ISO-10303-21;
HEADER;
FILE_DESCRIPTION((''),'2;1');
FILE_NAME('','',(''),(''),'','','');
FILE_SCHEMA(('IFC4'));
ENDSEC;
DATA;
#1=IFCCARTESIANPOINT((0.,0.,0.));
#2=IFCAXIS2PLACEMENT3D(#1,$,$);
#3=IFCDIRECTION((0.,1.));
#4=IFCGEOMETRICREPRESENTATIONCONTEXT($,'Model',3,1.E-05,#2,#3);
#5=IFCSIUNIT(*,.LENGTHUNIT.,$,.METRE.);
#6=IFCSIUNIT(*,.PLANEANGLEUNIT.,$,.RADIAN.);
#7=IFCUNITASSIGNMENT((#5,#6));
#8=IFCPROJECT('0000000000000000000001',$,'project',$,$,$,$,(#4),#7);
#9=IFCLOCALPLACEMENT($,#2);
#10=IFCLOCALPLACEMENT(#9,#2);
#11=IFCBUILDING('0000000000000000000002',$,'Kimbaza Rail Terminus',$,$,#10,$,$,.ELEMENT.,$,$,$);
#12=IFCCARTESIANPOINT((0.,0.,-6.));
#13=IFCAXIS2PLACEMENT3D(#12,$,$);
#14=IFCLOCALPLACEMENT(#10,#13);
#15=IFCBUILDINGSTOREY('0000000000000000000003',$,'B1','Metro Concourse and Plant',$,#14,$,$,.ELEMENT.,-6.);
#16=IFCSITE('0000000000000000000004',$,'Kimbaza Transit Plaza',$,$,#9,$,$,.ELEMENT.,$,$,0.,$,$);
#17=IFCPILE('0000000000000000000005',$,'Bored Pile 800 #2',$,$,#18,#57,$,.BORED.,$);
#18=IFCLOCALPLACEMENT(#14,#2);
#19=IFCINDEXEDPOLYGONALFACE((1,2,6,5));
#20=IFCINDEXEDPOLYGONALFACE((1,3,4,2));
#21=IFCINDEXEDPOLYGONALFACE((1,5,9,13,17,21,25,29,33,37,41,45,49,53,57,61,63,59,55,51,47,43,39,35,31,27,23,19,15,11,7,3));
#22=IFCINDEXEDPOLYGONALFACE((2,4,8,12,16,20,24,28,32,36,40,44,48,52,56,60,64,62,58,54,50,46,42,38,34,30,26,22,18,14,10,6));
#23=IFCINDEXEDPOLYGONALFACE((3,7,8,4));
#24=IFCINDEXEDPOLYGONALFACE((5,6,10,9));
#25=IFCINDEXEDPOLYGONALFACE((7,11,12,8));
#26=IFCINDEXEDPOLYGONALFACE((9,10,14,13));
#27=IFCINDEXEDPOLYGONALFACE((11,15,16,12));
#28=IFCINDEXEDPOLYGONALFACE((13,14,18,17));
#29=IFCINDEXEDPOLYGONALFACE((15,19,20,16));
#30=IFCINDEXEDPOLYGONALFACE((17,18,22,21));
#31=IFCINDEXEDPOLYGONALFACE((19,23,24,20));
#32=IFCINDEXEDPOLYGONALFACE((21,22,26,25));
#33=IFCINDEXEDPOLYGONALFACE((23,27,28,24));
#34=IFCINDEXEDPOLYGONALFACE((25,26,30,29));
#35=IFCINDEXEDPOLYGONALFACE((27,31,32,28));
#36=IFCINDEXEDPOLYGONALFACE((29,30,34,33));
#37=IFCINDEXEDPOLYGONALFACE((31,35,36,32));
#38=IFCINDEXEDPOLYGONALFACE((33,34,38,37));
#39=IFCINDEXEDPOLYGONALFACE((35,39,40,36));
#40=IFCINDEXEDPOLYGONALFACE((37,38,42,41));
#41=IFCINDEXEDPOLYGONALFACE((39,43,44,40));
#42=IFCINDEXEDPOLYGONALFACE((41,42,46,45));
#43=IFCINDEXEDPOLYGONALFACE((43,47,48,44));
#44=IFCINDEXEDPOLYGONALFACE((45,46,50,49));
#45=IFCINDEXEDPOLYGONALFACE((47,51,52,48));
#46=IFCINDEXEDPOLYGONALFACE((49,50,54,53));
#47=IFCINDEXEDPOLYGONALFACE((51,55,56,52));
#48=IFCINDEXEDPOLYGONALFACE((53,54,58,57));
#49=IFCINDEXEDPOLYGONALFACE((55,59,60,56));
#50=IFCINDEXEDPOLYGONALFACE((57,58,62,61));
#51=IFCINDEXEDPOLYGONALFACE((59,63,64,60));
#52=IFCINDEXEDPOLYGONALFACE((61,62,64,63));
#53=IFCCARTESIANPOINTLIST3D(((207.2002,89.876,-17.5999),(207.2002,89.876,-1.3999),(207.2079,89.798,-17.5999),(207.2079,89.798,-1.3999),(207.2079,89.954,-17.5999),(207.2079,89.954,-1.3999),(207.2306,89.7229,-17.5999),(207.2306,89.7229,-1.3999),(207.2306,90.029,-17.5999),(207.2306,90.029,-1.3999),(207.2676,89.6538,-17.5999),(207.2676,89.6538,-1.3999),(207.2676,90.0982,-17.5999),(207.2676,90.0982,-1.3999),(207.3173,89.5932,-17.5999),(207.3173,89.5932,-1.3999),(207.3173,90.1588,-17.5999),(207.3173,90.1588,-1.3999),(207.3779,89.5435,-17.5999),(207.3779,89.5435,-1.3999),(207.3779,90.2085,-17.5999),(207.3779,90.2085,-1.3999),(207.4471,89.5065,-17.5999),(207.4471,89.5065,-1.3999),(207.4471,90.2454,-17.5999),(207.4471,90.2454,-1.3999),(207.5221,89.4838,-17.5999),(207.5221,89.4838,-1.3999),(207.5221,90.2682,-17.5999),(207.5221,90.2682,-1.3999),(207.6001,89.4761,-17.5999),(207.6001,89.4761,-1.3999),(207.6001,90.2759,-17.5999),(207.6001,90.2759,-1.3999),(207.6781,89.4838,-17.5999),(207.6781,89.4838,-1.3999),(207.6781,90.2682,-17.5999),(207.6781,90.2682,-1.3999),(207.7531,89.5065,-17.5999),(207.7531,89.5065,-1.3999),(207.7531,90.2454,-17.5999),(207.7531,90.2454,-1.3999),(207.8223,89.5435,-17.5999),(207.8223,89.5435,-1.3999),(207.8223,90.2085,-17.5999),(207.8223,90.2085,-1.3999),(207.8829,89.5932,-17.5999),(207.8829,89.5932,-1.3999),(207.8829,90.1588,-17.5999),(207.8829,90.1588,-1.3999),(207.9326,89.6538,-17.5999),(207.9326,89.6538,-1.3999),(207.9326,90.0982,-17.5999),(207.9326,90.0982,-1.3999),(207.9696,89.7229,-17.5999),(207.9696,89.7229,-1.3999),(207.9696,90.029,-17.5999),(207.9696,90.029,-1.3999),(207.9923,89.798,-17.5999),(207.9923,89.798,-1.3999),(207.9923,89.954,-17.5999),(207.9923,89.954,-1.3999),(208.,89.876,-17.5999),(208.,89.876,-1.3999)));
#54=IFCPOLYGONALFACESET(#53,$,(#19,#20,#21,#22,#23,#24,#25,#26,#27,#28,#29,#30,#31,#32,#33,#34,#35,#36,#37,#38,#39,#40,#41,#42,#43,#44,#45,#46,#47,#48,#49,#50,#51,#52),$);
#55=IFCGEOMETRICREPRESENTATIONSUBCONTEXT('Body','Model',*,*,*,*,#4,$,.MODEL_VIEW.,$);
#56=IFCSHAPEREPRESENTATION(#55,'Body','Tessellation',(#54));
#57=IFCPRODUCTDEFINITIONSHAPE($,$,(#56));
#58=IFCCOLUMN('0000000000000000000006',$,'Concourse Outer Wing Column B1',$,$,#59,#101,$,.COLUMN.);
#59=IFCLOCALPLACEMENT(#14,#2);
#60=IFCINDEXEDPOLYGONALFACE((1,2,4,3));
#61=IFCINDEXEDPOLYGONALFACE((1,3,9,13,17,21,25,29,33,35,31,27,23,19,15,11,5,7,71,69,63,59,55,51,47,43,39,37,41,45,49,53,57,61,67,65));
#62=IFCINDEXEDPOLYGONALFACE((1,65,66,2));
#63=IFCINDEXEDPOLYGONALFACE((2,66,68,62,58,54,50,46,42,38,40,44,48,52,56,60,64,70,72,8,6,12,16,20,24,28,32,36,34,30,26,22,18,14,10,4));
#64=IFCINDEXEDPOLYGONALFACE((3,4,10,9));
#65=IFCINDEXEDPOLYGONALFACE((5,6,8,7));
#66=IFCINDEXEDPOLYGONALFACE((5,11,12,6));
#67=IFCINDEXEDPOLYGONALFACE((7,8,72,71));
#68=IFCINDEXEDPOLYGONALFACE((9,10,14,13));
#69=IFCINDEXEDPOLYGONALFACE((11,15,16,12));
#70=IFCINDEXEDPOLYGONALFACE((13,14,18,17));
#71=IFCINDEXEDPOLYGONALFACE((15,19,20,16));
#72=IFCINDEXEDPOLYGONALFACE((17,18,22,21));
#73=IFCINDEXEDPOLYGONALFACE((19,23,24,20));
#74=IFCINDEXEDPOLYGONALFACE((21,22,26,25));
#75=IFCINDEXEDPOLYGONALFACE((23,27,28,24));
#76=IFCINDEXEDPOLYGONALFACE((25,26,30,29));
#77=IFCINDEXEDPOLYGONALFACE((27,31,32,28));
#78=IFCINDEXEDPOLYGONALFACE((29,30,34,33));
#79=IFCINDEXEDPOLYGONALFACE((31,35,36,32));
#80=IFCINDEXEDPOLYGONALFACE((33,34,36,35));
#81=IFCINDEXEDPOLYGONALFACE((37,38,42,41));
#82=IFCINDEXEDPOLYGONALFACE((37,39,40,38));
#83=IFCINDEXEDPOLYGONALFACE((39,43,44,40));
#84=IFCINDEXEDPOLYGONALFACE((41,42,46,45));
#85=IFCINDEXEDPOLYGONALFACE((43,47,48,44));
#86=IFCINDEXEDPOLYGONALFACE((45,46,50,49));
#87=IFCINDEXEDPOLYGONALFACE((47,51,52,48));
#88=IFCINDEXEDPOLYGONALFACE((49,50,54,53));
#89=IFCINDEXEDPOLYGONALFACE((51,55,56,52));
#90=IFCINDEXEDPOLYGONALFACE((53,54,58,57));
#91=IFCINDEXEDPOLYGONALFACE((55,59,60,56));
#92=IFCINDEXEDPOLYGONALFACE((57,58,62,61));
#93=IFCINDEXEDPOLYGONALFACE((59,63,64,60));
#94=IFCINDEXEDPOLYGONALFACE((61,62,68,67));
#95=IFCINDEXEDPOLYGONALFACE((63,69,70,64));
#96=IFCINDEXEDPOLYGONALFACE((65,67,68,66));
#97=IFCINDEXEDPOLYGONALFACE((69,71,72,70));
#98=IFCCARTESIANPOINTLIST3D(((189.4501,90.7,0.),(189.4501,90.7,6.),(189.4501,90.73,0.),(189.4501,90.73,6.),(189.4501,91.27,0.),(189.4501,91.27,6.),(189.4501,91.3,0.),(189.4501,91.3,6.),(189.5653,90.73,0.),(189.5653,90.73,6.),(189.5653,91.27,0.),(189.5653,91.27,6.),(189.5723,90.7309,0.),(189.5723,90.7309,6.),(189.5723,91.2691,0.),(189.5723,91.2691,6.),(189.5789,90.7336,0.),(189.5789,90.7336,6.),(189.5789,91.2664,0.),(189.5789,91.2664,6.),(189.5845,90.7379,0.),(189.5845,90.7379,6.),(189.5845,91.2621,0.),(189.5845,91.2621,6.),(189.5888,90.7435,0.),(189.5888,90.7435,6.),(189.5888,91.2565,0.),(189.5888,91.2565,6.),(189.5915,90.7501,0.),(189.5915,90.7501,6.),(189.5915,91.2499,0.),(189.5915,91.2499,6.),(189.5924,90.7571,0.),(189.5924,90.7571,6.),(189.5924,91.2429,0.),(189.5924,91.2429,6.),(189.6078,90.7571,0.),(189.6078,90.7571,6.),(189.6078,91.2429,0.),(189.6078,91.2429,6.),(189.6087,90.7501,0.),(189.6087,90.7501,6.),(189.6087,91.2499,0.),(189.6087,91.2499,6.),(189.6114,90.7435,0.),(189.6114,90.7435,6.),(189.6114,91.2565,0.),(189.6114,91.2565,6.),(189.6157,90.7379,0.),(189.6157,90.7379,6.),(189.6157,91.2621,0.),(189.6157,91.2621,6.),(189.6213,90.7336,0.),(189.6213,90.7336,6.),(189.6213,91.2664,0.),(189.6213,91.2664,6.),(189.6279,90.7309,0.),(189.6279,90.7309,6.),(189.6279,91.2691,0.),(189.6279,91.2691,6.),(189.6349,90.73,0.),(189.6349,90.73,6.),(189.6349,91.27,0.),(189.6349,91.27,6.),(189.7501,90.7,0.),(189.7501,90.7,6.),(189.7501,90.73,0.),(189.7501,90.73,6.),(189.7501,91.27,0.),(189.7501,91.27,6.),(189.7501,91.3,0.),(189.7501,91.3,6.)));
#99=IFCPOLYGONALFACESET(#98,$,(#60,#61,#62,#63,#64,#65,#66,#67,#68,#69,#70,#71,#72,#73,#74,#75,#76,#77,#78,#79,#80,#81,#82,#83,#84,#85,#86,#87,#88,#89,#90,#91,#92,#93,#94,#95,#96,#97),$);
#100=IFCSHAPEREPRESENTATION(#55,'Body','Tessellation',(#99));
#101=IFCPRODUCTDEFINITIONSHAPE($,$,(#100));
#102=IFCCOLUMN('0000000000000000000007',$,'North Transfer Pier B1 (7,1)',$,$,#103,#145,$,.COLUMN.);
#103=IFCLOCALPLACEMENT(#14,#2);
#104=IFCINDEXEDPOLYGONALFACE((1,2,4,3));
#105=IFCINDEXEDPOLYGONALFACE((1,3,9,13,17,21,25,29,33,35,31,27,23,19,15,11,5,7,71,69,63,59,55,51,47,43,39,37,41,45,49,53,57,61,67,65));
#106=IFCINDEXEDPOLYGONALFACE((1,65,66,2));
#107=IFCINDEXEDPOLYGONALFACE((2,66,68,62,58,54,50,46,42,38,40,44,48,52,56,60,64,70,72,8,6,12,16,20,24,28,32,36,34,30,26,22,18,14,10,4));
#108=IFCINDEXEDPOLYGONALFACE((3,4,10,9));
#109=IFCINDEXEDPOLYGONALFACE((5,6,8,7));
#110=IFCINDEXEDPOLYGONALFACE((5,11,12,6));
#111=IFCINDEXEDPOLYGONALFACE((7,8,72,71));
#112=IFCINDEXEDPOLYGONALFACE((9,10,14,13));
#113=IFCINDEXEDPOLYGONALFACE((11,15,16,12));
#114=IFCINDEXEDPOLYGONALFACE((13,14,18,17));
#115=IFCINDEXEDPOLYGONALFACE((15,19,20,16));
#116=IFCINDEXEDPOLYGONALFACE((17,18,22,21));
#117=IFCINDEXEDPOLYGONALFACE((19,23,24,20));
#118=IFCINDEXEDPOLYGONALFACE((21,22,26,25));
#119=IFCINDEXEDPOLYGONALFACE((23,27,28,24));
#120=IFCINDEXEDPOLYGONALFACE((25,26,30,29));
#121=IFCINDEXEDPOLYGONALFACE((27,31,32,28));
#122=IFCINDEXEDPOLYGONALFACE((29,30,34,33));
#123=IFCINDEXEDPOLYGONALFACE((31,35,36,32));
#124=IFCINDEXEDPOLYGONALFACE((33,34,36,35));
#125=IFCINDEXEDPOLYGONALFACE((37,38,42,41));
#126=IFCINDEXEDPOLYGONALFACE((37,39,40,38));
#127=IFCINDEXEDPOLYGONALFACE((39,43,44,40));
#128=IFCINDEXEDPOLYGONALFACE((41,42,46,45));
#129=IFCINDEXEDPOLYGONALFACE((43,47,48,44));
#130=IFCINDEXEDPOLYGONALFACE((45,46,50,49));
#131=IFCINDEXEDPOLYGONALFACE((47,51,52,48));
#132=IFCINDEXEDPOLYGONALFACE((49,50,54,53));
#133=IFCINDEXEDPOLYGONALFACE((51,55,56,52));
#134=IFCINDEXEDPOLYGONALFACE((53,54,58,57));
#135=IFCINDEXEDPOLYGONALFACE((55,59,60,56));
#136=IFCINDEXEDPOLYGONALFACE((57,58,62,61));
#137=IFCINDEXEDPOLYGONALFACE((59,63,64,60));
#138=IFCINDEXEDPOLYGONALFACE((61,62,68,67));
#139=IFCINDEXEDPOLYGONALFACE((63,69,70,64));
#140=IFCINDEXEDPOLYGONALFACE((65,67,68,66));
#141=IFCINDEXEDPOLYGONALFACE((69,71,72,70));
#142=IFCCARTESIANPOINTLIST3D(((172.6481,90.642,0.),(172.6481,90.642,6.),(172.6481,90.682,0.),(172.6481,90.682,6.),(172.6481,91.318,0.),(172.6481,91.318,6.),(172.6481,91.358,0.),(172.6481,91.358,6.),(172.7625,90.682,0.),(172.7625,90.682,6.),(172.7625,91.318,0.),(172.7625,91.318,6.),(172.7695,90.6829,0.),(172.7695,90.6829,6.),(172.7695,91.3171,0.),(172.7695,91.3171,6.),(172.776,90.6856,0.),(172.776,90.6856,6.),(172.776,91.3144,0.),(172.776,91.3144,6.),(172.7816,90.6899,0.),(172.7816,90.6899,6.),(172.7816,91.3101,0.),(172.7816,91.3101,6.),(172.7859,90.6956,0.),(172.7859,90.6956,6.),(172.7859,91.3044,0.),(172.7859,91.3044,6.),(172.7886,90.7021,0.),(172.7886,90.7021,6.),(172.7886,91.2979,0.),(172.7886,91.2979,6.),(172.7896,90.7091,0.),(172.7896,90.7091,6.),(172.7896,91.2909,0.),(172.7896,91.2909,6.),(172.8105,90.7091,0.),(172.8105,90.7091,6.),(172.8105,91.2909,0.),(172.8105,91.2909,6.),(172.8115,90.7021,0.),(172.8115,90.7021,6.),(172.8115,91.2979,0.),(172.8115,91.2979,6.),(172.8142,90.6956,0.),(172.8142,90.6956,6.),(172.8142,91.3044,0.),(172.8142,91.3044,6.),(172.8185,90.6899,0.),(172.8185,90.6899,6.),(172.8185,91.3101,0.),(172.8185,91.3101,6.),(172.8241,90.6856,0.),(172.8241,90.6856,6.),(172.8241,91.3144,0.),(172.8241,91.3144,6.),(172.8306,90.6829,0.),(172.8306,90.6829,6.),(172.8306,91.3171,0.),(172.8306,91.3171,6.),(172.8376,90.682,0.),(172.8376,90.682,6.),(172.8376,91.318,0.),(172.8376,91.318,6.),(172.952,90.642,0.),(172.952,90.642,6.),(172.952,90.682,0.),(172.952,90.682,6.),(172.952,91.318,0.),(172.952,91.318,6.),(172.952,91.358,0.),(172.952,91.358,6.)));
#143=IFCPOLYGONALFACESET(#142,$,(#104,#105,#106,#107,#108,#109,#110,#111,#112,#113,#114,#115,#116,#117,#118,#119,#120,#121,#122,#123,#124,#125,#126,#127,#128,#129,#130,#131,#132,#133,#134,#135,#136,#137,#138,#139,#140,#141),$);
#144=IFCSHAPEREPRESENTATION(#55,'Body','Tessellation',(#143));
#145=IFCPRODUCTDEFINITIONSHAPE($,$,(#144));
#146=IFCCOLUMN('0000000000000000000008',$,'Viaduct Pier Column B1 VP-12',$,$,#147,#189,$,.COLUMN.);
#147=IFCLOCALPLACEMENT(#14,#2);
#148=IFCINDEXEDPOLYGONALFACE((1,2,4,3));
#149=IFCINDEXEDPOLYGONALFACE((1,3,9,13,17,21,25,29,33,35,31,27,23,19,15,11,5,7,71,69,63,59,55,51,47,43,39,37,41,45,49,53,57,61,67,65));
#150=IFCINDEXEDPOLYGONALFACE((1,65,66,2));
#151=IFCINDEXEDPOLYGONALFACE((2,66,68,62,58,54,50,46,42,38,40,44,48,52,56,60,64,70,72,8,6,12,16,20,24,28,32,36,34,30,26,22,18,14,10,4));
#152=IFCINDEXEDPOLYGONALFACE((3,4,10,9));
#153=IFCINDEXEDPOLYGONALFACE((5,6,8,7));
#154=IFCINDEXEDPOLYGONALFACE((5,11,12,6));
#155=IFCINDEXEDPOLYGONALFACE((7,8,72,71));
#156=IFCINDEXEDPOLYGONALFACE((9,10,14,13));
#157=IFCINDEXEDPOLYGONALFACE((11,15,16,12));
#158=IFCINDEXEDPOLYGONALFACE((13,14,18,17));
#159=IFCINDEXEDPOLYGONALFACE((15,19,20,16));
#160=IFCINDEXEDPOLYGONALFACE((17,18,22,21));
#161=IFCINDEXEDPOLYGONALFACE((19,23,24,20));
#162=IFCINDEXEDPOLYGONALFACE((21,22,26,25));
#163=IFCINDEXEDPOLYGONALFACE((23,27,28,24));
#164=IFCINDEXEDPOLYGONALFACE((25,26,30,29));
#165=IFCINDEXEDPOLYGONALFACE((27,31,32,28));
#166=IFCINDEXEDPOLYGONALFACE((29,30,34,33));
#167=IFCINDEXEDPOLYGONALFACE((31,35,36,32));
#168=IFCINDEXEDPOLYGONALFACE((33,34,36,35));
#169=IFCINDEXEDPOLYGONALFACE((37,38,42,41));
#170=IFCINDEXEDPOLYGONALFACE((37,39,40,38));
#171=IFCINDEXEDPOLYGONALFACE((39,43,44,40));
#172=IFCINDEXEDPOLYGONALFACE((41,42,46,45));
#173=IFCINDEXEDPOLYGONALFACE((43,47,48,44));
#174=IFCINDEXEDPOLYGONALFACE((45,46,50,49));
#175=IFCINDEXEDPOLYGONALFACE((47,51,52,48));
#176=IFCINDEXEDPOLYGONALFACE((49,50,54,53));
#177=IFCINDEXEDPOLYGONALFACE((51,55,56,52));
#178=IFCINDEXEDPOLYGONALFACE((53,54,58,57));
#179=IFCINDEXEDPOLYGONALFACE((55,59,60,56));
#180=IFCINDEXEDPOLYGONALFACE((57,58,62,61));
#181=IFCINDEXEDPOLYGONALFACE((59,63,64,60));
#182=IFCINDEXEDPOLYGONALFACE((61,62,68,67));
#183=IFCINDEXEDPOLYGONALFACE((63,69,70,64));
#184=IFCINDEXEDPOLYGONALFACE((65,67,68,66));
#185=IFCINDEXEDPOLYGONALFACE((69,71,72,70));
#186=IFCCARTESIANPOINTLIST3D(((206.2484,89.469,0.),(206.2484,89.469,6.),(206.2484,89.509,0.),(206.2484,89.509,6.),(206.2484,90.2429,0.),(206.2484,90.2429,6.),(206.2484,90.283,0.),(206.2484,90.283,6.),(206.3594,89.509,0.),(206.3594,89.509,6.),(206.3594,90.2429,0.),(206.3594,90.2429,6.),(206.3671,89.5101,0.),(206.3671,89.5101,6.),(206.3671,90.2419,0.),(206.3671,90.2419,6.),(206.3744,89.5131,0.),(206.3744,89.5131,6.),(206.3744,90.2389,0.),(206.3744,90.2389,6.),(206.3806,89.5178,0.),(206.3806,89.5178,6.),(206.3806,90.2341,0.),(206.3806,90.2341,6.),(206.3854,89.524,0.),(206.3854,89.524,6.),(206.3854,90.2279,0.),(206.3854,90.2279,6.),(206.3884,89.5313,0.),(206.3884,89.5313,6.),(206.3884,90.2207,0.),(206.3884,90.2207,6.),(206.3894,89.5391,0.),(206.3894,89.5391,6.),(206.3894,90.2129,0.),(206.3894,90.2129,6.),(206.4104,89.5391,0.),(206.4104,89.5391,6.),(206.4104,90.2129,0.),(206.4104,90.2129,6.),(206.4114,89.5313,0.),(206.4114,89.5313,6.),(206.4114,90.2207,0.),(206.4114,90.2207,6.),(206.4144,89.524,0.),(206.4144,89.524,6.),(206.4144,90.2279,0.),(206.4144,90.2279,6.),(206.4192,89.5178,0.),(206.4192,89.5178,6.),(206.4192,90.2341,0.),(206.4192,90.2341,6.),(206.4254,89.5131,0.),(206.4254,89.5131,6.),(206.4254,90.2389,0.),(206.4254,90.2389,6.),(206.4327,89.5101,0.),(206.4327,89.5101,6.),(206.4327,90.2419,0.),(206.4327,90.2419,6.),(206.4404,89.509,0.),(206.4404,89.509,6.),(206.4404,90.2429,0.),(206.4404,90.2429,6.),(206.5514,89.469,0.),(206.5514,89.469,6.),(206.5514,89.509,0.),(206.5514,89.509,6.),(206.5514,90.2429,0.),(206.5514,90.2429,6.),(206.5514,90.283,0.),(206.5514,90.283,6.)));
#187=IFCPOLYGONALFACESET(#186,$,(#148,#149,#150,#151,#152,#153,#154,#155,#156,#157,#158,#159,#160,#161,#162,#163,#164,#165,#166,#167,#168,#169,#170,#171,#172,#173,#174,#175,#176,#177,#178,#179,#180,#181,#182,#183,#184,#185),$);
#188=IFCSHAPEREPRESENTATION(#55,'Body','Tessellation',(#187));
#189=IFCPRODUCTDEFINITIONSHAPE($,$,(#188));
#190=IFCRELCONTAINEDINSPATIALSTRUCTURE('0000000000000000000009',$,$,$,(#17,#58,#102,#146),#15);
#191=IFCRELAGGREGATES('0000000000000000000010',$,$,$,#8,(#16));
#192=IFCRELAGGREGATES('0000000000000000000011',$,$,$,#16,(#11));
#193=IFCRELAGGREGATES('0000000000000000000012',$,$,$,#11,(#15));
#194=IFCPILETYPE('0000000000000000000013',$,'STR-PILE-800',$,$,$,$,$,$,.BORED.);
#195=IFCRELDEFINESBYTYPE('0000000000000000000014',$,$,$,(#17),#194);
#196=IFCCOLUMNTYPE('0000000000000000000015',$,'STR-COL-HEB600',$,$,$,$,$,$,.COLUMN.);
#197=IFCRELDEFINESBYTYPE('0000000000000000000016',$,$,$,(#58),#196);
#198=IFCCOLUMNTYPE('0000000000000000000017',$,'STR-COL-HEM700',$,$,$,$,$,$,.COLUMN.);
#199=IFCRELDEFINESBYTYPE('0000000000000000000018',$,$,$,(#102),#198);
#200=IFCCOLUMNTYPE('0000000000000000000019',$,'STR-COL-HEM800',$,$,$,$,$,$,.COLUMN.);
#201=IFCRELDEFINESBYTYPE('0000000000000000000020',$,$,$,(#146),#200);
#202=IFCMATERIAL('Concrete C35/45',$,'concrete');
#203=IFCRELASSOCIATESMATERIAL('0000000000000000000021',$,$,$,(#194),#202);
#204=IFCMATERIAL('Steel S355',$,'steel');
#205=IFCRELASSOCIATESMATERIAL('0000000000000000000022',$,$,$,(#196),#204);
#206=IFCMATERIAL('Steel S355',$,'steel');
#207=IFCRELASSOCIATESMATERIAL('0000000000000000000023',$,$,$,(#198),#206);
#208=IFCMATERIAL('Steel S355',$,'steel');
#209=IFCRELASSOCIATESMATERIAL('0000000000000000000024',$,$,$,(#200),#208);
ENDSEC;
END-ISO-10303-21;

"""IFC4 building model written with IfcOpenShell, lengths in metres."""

from ifc_helpers import new_model, si_unit, direction, frame, origin, origin_2d, place, context, subcontext, project, spatial, circle, i_section, extrude, material, material_profile, profile_set, type_object, element, save


model = new_model("IFC4")

# Units and contexts
model_context = context("Model", 3, precision=1e-05, world=origin(), true_north=direction((0.0, 1.0)))
body_context = subcontext(model_context, "Body", "Model", "MODEL_VIEW")
ifc_project = project(units=[si_unit("LENGTHUNIT", "METRE"), si_unit("PLANEANGLEUNIT", "RADIAN")], contexts=[model_context])

# Site, building, storey
site_placement = place(None, origin())
site = spatial("IfcSite", under=ifc_project, at=site_placement, Name="Kimbaza Transit Plaza", CompositionType="ELEMENT", RefElevation=0.0)
building_placement = place(site_placement, origin())
building = spatial("IfcBuilding", under=site, at=building_placement, Name="Kimbaza Rail Terminus", CompositionType="ELEMENT")
storey_placement = place(building_placement, frame((0.0, 0.0, -6.0)))
storey = spatial("IfcBuildingStorey", under=building, at=storey_placement, Name="B1", Description="Metro Concourse and Plant", CompositionType="ELEMENT", Elevation=-6.0)

# Pile
ifc_material_1 = material(Name="Concrete C35/45", Category="concrete")
ifc_material_profile_1 = material_profile(ifc_material_1, circle(Radius=0.3999, at=origin_2d()), Name="BORED PILE 800")
ifc_profile_set_1 = profile_set([ifc_material_profile_1], Name="Concrete C35/45")
pile_type_1 = type_object("IfcPileType", Name="STR-PILE-800", PredefinedType="BORED", material=ifc_profile_set_1)
for number, where, z_axis, x_axis, name in (
    (1, (207.6001, 89.876, -1.3999), (0.0, 0.0, -1.0), (1.0, 0.0, 0.0), "Bored Pile 800 #2"),
):
    element("IfcPile", number, at=place(storey_placement, frame(where, z_axis=z_axis, x_axis=x_axis)), inside=storey, type_object=pile_type_1, Name=name, PredefinedType="BORED", context=body_context, shape_type="SweptSolid", body=[
        extrude(circle(Radius=0.3999, at=origin_2d()), origin(), (0.0, 0.0, 1.0), 16.2),
    ])

# Columns
ifc_material_2 = material(Name="Steel S355", Category="steel")
ifc_material_profile_2 = material_profile(ifc_material_2, i_section(OverallWidth=0.3, OverallDepth=0.6001, WebThickness=0.0154, FlangeThickness=0.03, FilletRadius=0.0271, at=origin_2d()), Name="HEB 600")
ifc_profile_set_2 = profile_set([ifc_material_profile_2], Name="Steel S355")
column_type_1 = type_object("IfcColumnType", Name="STR-COL-HEB600", PredefinedType="COLUMN", material=ifc_profile_set_2)
column_1_placement = place(storey_placement, frame((189.6001, 91.0, 0.0), z_axis=(0.0, 0.0, 1.0), x_axis=(1.0, 0.0, 0.0)))
element("IfcColumn", 2, at=column_1_placement, inside=storey, type_object=column_type_1, Name="Concourse Outer Wing Column B1", PredefinedType="COLUMN", context=body_context, shape_type="SweptSolid", body=[
    extrude(i_section(OverallWidth=0.3, OverallDepth=0.6001, WebThickness=0.0154, FlangeThickness=0.03, FilletRadius=0.0271, at=origin_2d()), origin(), (0.0, 0.0, 1.0), 6.0),
])
ifc_material_3 = material(Name="Steel S355", Category="steel")
ifc_material_profile_3 = material_profile(ifc_material_3, i_section(OverallWidth=0.304, OverallDepth=0.7161, WebThickness=0.021, FlangeThickness=0.04, FilletRadius=0.0271, at=origin_2d()), Name="HEM 700")
ifc_profile_set_3 = profile_set([ifc_material_profile_3], Name="Steel S355")
column_type_2 = type_object("IfcColumnType", Name="STR-COL-HEM700", PredefinedType="COLUMN", material=ifc_profile_set_3)
column_2_placement = place(storey_placement, frame((172.8, 91.0, 0.0), z_axis=(0.0, 0.0, 1.0), x_axis=(1.0, 0.0, 0.0)))
element("IfcColumn", 3, at=column_2_placement, inside=storey, type_object=column_type_2, Name="North Transfer Pier B1 (7,1)", PredefinedType="COLUMN", context=body_context, shape_type="SweptSolid", body=[
    extrude(i_section(OverallWidth=0.304, OverallDepth=0.7161, WebThickness=0.021, FlangeThickness=0.04, FilletRadius=0.0271, at=origin_2d()), origin(), (0.0, 0.0, 1.0), 6.0),
])
ifc_material_4 = material(Name="Steel S355", Category="steel")
ifc_material_profile_4 = material_profile(ifc_material_4, i_section(OverallWidth=0.303, OverallDepth=0.814, WebThickness=0.021, FlangeThickness=0.04, FilletRadius=0.03, at=origin_2d()), Name="HEM 800")
ifc_profile_set_4 = profile_set([ifc_material_profile_4], Name="Steel S355")
column_type_3 = type_object("IfcColumnType", Name="STR-COL-HEM800", PredefinedType="COLUMN", material=ifc_profile_set_4)
column_3_placement = place(storey_placement, frame((206.3999, 89.876, 0.0), z_axis=(0.0, 0.0, 1.0), x_axis=(1.0, 0.0, 0.0)))
element("IfcColumn", 4, at=column_3_placement, inside=storey, type_object=column_type_3, Name="Viaduct Pier Column B1 VP-12", PredefinedType="COLUMN", context=body_context, shape_type="SweptSolid", body=[
    extrude(i_section(OverallWidth=0.303, OverallDepth=0.814, WebThickness=0.021, FlangeThickness=0.04, FilletRadius=0.03, at=origin_2d()), origin(), (0.0, 0.0, 1.0), 6.0),
])

save(model, "model.ifc")
